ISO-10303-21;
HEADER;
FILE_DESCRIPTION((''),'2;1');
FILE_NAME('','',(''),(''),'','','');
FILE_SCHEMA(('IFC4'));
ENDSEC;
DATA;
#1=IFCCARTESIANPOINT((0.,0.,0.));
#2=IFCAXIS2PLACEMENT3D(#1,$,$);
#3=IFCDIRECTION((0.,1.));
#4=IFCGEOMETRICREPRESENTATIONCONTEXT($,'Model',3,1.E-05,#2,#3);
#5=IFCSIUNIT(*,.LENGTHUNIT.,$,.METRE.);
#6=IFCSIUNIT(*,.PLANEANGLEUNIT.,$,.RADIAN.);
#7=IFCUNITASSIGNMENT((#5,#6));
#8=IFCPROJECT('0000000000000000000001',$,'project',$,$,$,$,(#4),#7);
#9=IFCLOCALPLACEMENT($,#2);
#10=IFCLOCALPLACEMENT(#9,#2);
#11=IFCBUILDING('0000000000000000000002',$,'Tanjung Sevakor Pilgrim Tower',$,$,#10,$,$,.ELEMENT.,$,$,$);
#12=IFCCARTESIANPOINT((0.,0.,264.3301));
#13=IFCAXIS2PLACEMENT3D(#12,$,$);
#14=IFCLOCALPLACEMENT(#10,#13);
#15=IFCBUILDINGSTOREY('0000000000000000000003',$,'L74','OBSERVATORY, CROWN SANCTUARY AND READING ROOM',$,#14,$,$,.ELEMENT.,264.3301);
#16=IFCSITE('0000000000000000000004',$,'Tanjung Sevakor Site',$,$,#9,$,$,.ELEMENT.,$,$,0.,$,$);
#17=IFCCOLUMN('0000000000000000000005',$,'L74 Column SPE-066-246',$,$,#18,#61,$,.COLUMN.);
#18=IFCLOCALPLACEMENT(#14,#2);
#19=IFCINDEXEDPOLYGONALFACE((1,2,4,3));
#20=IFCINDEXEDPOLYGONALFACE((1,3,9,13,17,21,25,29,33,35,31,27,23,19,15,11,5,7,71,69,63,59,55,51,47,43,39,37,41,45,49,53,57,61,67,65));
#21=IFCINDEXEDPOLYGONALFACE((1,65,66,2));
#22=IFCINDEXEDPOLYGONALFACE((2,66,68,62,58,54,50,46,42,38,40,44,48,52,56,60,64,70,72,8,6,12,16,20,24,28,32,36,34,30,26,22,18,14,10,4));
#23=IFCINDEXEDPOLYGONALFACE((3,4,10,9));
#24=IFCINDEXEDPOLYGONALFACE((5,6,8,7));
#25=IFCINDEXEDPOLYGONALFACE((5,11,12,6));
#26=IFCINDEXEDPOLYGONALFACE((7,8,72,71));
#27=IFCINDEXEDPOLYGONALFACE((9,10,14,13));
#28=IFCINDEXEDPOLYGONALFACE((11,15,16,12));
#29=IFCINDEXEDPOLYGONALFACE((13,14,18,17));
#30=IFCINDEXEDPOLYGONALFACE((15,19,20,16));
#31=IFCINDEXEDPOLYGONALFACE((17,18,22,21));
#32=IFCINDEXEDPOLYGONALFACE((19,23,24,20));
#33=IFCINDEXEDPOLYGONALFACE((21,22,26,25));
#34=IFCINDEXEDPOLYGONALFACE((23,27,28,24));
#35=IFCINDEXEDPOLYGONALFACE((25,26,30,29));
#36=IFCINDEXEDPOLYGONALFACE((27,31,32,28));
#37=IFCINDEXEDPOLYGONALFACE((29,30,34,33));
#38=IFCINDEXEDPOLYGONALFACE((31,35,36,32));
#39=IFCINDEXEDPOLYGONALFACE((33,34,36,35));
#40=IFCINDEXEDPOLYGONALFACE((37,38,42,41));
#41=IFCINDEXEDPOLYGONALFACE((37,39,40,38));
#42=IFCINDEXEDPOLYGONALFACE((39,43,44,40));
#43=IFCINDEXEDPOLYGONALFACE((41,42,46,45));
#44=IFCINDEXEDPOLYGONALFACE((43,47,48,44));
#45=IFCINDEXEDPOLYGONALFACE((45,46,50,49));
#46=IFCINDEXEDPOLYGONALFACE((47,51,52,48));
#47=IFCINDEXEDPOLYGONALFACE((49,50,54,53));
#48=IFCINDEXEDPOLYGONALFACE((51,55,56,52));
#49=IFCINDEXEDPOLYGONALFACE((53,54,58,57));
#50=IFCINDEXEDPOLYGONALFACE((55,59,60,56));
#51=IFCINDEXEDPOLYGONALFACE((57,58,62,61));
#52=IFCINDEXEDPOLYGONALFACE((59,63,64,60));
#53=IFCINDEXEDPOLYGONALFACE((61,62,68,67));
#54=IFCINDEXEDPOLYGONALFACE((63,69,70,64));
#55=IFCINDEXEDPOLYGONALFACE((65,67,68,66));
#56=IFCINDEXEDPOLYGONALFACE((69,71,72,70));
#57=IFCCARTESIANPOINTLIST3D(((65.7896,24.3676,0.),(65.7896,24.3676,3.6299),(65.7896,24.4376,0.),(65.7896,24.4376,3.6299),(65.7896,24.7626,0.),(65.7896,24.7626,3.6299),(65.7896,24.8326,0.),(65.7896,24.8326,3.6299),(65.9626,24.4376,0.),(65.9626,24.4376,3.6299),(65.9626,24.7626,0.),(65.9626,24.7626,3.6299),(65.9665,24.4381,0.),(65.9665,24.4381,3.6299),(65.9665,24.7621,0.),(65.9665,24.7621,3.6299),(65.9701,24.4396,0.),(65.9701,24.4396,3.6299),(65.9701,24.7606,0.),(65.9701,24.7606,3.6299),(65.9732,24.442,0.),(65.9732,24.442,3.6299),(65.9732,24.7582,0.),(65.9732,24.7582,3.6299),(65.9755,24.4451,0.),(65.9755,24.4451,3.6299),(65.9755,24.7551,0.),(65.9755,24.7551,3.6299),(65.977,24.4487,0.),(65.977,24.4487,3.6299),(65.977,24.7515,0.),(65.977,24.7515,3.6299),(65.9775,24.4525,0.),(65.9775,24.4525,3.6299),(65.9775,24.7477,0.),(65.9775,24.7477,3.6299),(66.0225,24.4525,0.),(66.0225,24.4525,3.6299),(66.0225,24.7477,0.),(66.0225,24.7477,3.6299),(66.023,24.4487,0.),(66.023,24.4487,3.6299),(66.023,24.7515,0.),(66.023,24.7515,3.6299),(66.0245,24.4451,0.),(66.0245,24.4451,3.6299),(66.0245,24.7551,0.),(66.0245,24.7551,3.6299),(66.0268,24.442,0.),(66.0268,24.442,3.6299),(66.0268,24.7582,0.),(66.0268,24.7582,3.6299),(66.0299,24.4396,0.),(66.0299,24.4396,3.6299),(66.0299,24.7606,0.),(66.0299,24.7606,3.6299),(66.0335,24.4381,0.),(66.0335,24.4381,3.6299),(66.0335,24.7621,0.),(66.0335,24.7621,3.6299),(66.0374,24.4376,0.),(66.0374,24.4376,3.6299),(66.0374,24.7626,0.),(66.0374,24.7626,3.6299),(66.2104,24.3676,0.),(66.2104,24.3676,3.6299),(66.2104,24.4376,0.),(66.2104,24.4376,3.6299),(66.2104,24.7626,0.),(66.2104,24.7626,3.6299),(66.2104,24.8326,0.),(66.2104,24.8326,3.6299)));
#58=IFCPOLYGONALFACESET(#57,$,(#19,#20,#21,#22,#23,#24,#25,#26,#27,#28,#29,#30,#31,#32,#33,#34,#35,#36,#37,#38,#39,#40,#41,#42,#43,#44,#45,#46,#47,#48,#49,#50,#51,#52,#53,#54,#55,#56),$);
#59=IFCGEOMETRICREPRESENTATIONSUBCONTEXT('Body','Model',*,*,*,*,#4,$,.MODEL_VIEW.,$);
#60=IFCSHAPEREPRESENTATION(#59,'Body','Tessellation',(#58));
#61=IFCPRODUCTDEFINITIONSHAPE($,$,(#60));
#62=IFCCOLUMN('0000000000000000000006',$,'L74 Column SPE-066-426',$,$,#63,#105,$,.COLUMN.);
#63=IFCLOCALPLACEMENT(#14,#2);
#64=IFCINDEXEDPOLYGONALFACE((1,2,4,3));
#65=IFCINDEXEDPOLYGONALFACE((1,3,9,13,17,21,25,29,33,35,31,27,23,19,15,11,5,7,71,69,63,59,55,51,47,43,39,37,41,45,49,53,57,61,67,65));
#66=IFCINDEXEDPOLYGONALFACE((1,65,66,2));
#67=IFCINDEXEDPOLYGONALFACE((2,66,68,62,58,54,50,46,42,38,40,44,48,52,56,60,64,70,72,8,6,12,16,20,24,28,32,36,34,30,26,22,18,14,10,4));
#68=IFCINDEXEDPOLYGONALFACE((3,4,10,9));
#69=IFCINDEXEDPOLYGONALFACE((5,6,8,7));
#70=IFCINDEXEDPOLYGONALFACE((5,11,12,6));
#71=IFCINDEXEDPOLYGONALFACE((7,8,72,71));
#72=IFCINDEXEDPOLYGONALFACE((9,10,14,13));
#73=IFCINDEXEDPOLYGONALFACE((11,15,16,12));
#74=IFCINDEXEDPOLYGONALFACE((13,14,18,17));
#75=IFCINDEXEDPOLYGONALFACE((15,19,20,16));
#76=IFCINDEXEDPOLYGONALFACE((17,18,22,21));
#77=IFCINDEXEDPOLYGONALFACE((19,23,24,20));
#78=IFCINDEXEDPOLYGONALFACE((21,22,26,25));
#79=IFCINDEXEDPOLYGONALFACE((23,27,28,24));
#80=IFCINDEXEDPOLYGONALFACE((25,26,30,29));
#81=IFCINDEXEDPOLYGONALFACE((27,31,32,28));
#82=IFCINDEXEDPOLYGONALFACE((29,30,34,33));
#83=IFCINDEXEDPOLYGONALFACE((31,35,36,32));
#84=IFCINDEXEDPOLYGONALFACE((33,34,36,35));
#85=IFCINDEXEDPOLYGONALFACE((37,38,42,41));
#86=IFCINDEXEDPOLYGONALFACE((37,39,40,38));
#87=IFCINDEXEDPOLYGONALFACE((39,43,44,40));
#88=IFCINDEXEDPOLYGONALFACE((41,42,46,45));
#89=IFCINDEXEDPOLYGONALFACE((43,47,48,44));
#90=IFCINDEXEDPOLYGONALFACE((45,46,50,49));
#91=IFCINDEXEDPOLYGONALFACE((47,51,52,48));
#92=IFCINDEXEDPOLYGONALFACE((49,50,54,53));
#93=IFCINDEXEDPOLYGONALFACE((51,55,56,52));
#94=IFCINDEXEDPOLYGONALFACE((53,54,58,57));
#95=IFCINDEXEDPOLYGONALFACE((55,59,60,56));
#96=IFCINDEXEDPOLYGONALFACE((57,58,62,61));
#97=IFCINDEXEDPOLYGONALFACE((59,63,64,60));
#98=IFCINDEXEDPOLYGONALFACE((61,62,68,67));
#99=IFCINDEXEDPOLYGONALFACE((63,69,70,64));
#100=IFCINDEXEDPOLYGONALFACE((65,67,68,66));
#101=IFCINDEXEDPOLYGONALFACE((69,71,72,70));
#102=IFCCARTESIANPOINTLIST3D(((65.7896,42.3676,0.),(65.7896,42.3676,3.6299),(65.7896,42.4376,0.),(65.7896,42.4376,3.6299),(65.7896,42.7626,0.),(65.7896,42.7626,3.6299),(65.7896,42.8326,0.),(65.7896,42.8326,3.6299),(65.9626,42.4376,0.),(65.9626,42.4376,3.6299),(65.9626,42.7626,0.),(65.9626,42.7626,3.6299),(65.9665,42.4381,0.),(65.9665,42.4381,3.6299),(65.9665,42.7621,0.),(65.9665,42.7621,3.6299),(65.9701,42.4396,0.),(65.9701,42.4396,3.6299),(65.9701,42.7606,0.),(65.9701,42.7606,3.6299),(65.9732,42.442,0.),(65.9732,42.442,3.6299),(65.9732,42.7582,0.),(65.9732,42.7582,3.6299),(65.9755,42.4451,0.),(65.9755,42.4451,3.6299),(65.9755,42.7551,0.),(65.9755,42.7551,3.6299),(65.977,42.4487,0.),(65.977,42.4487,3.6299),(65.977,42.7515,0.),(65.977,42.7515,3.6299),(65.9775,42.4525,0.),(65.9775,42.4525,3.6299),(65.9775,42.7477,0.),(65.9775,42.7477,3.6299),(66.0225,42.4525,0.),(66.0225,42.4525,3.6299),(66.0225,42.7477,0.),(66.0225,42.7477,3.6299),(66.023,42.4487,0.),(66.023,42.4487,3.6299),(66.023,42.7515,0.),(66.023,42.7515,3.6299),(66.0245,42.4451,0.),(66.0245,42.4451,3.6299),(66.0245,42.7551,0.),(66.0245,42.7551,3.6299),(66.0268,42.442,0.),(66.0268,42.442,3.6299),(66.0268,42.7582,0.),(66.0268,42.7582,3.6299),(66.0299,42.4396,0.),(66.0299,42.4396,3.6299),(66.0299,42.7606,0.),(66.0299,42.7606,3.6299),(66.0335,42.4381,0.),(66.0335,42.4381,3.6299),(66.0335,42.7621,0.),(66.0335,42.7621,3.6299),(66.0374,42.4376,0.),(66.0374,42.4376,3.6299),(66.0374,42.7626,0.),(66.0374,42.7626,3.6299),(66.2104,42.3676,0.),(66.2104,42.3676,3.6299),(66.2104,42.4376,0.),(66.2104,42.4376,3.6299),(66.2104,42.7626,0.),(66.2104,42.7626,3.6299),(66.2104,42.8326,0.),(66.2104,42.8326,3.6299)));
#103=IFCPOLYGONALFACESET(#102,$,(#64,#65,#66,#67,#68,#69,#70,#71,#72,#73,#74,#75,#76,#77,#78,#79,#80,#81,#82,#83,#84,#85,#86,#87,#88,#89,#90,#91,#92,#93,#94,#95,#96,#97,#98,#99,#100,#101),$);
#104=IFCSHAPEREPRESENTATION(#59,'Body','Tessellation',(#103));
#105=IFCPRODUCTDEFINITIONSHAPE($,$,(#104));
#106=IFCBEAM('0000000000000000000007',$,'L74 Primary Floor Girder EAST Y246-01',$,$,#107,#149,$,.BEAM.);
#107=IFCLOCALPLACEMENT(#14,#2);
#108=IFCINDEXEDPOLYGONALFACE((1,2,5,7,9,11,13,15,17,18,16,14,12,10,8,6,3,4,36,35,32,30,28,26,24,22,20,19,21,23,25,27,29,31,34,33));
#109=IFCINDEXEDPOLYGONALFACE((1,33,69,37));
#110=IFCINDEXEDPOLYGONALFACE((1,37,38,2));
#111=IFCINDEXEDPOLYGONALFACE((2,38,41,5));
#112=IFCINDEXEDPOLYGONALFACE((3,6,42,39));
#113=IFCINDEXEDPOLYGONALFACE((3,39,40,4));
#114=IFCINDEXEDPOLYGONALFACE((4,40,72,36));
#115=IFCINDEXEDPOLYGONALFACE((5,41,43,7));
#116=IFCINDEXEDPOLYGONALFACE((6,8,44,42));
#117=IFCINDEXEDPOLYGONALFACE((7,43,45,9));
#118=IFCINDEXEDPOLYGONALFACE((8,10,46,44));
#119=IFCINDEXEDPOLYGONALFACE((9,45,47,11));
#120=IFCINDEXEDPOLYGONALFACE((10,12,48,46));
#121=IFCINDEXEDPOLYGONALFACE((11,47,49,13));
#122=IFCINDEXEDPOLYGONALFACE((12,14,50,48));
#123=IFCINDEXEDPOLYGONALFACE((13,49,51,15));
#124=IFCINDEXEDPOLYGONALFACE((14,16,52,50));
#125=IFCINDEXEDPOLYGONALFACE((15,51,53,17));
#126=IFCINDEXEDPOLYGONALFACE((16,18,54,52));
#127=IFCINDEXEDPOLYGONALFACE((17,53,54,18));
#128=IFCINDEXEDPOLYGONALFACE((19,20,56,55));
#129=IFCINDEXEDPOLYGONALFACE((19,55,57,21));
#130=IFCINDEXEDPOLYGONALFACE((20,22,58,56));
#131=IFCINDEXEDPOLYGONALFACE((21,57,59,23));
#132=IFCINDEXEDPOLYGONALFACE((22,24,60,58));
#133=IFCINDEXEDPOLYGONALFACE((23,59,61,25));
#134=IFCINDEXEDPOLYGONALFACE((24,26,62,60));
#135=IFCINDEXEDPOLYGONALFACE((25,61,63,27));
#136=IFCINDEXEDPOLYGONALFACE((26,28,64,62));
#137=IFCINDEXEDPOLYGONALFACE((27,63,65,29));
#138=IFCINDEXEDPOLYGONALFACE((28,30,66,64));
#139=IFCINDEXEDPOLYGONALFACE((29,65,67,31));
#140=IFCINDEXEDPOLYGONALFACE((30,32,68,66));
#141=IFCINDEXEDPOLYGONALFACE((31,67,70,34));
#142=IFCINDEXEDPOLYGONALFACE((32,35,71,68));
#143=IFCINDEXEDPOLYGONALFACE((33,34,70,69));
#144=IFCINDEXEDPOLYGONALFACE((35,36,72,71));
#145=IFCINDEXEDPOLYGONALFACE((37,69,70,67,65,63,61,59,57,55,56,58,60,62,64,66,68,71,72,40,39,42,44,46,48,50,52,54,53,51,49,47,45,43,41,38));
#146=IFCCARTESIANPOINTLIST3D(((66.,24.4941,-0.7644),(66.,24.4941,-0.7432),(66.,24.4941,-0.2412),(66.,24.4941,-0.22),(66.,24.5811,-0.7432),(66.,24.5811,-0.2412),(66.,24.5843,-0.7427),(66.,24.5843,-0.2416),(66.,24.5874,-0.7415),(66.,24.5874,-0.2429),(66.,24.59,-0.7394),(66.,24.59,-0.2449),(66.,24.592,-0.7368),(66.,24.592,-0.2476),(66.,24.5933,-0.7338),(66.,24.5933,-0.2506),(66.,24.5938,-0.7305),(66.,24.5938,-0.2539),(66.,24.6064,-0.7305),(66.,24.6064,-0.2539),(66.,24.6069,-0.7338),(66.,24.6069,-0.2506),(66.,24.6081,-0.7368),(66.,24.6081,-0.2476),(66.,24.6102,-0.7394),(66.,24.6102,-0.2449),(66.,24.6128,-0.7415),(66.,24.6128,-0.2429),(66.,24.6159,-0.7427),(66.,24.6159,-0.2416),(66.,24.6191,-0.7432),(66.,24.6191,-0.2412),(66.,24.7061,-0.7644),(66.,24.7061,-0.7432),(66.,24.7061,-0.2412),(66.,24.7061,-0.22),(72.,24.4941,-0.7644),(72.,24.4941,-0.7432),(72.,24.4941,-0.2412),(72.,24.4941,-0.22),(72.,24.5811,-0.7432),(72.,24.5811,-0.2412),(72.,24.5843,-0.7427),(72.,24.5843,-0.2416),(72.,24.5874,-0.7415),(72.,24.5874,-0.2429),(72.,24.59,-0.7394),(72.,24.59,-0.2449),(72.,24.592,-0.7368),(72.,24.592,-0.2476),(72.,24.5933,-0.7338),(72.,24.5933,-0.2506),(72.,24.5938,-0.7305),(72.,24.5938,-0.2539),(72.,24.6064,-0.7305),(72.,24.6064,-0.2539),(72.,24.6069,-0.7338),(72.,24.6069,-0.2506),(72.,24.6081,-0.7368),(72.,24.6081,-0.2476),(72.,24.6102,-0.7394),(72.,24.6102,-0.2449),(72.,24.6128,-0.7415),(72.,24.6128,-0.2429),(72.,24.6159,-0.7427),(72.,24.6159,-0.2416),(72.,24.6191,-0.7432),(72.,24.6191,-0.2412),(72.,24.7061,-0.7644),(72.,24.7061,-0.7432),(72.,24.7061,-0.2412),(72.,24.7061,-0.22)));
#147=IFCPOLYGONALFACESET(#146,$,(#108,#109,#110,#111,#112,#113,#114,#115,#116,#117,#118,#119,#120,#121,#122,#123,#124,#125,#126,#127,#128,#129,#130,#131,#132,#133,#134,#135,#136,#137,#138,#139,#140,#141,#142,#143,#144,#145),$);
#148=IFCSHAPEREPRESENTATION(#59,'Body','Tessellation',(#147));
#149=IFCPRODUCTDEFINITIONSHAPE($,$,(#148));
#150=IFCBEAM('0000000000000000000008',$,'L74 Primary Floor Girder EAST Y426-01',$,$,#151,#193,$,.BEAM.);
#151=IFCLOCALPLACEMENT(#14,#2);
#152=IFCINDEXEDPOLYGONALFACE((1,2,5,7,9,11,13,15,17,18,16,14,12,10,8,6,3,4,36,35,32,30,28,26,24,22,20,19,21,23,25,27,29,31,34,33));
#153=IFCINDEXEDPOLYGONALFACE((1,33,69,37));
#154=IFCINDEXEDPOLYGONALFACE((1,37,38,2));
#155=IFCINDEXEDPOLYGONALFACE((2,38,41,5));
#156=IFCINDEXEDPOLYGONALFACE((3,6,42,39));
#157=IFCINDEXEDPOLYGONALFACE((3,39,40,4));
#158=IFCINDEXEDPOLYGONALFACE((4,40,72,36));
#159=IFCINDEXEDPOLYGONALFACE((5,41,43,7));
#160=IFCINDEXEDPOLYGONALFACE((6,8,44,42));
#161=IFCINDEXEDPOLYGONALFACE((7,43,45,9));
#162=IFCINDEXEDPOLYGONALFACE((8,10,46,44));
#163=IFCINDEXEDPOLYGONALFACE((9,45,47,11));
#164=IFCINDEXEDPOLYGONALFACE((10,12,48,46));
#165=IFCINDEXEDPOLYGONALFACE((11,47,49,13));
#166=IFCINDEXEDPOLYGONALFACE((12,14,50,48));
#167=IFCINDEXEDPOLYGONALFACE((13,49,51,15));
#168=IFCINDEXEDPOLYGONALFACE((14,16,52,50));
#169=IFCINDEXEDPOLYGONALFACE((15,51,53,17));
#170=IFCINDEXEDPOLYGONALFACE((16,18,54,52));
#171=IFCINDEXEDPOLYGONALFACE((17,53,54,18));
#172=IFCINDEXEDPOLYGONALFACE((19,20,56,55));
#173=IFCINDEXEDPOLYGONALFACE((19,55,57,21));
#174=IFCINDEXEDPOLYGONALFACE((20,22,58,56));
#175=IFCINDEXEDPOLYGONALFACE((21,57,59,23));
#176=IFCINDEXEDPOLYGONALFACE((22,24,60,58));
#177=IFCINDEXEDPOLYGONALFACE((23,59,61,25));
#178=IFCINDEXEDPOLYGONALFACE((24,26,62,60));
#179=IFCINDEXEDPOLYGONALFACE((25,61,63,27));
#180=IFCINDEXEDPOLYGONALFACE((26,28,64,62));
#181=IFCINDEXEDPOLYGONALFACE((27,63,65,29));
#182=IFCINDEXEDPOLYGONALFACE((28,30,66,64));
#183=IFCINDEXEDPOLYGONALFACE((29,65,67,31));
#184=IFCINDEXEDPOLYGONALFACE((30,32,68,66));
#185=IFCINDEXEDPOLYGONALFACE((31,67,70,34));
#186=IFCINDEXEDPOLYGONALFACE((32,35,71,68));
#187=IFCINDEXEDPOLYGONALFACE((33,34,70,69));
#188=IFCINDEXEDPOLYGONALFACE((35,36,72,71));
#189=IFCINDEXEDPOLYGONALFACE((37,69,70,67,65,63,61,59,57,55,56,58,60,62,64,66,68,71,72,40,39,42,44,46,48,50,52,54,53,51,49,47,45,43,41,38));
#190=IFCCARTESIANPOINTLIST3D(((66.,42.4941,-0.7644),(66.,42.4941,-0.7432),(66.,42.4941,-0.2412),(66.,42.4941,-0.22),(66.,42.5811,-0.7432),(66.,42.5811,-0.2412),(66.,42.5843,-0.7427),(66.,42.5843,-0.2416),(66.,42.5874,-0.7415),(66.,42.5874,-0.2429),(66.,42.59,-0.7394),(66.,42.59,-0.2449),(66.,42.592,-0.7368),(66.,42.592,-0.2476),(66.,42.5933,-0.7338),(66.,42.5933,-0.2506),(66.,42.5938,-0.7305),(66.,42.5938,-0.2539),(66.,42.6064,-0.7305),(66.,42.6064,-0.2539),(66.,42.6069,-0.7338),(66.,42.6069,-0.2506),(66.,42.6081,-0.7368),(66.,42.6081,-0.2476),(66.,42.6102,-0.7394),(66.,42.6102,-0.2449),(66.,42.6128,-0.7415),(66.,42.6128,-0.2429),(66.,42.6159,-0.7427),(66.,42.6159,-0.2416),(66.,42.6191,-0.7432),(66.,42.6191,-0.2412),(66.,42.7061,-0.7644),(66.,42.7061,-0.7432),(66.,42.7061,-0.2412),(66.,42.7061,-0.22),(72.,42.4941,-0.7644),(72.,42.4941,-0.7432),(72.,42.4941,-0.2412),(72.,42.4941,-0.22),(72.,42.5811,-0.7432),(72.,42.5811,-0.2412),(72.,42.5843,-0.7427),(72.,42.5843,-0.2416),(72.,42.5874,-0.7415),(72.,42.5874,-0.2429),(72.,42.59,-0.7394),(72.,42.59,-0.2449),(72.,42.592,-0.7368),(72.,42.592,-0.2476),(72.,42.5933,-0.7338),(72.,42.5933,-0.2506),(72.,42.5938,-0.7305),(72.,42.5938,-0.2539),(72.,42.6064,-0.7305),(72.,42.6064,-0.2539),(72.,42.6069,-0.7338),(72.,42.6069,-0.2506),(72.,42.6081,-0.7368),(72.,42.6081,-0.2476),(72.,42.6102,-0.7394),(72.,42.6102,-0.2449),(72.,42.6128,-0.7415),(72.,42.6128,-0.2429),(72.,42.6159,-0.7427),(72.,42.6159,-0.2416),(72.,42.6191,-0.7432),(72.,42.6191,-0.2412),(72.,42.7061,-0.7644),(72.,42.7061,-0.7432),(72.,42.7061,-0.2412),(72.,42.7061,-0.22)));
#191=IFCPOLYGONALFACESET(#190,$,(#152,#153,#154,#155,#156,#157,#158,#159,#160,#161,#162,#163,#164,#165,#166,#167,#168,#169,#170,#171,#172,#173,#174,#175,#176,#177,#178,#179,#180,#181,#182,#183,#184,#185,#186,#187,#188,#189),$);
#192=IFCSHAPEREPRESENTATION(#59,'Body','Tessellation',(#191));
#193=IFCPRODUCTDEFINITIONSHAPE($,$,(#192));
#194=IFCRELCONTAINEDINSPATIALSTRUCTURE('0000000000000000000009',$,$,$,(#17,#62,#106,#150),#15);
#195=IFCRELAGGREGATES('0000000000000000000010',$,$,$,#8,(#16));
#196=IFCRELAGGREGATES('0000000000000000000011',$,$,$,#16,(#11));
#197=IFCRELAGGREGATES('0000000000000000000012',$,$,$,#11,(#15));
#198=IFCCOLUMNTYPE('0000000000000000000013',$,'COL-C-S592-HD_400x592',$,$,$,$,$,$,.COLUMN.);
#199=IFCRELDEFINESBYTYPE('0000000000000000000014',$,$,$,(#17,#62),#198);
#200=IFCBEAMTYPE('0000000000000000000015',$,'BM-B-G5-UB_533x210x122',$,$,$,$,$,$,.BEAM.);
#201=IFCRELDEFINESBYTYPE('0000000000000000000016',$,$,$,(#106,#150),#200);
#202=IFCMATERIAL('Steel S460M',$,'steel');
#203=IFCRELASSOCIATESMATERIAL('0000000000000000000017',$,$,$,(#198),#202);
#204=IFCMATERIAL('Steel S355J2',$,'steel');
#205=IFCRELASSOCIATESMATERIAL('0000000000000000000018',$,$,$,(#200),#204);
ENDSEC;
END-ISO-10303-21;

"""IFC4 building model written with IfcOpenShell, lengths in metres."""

from ifc_helpers import new_model, si_unit, direction, frame, origin, origin_2d, place, context, subcontext, project, spatial, i_section, extrude, material, material_profile, profile_set, type_object, element, save


model = new_model("IFC4")

# Units and contexts
model_context = context("Model", 3, precision=1e-05, world=origin(), true_north=direction((0.0, 1.0)))
body_context = subcontext(model_context, "Body", "Model", "MODEL_VIEW")
ifc_project = project(units=[si_unit("LENGTHUNIT", "METRE"), si_unit("PLANEANGLEUNIT", "RADIAN")], contexts=[model_context])

# Site, building, storey
site_placement = place(None, origin())
site = spatial("IfcSite", under=ifc_project, at=site_placement, Name="Tanjung Sevakor Site", CompositionType="ELEMENT", RefElevation=0.0)
building_placement = place(site_placement, origin())
building = spatial("IfcBuilding", under=site, at=building_placement, Name="Tanjung Sevakor Pilgrim Tower", CompositionType="ELEMENT")
storey_placement = place(building_placement, frame((0.0, 0.0, 264.3301)))
storey = spatial("IfcBuildingStorey", under=building, at=storey_placement, Name="L74", Description="OBSERVATORY, CROWN SANCTUARY AND READING ROOM", CompositionType="ELEMENT", Elevation=264.3301)

# Columns
ifc_material_1 = material(Name="Steel S460M", Category="steel")
ifc_material_profile_1 = material_profile(ifc_material_1, i_section(OverallWidth=0.4209, OverallDepth=0.4651, WebThickness=0.0449, FlangeThickness=0.0701, FilletRadius=0.0149, at=origin_2d()))
ifc_profile_set_1 = profile_set([ifc_material_profile_1], Name="Steel S460M")
column_type = type_object("IfcColumnType", Name="COL-C-S592-HD_400x592", PredefinedType="COLUMN", material=ifc_profile_set_1)
for number, where, z_axis, x_axis, name in (
    (1, (66.0, 24.6001, 0.0), (0.0, 0.0, 1.0), (1.0, 0.0, 0.0), "L74 Column SPE-066-246"),
    (2, (66.0, 42.6001, 0.0), (0.0, 0.0, 1.0), (1.0, 0.0, 0.0), "L74 Column SPE-066-426"),
):
    element("IfcColumn", number, at=place(storey_placement, frame(where, z_axis=z_axis, x_axis=x_axis)), inside=storey, type_object=column_type, Name=name, PredefinedType="COLUMN", context=body_context, shape_type="SweptSolid", body=[
        extrude(i_section(OverallWidth=0.4209, OverallDepth=0.4651, WebThickness=0.0449, FlangeThickness=0.0701, FilletRadius=0.0149, at=origin_2d()), origin(), (0.0, 0.0, 1.0), 3.6299),
    ])

# Beams
ifc_material_2 = material(Name="Steel S355J2", Category="steel")
ifc_material_profile_2 = material_profile(ifc_material_2, i_section(OverallWidth=0.2119, OverallDepth=0.5444, WebThickness=0.0127, FlangeThickness=0.0212, FilletRadius=0.0127, at=origin_2d()))
ifc_profile_set_2 = profile_set([ifc_material_profile_2], Name="Steel S355J2")
beam_type_1 = type_object("IfcBeamType", Name="BM-B-G5-UB_533x210x122", PredefinedType="BEAM", material=ifc_profile_set_2)
for number, where, z_axis, x_axis, name in (
    (3, (66.0, 24.6001, -0.4922), (1.0, 0.0, 0.0), (0.0, 1.0, 0.0), "L74 Primary Floor Girder EAST Y246-01"),
    (4, (66.0, 42.6001, -0.4922), (1.0, 0.0, 0.0), (0.0, 1.0, 0.0), "L74 Primary Floor Girder EAST Y426-01"),
):
    element("IfcBeam", number, at=place(storey_placement, frame(where, z_axis=z_axis, x_axis=x_axis)), inside=storey, type_object=beam_type_1, Name=name, PredefinedType="BEAM", context=body_context, shape_type="SweptSolid", body=[
        extrude(i_section(OverallWidth=0.2119, OverallDepth=0.5444, WebThickness=0.0127, FlangeThickness=0.0212, FilletRadius=0.0127, at=origin_2d()), origin(), (0.0, 0.0, 1.0), 6.0),
    ])

save(model, "model.ifc")
